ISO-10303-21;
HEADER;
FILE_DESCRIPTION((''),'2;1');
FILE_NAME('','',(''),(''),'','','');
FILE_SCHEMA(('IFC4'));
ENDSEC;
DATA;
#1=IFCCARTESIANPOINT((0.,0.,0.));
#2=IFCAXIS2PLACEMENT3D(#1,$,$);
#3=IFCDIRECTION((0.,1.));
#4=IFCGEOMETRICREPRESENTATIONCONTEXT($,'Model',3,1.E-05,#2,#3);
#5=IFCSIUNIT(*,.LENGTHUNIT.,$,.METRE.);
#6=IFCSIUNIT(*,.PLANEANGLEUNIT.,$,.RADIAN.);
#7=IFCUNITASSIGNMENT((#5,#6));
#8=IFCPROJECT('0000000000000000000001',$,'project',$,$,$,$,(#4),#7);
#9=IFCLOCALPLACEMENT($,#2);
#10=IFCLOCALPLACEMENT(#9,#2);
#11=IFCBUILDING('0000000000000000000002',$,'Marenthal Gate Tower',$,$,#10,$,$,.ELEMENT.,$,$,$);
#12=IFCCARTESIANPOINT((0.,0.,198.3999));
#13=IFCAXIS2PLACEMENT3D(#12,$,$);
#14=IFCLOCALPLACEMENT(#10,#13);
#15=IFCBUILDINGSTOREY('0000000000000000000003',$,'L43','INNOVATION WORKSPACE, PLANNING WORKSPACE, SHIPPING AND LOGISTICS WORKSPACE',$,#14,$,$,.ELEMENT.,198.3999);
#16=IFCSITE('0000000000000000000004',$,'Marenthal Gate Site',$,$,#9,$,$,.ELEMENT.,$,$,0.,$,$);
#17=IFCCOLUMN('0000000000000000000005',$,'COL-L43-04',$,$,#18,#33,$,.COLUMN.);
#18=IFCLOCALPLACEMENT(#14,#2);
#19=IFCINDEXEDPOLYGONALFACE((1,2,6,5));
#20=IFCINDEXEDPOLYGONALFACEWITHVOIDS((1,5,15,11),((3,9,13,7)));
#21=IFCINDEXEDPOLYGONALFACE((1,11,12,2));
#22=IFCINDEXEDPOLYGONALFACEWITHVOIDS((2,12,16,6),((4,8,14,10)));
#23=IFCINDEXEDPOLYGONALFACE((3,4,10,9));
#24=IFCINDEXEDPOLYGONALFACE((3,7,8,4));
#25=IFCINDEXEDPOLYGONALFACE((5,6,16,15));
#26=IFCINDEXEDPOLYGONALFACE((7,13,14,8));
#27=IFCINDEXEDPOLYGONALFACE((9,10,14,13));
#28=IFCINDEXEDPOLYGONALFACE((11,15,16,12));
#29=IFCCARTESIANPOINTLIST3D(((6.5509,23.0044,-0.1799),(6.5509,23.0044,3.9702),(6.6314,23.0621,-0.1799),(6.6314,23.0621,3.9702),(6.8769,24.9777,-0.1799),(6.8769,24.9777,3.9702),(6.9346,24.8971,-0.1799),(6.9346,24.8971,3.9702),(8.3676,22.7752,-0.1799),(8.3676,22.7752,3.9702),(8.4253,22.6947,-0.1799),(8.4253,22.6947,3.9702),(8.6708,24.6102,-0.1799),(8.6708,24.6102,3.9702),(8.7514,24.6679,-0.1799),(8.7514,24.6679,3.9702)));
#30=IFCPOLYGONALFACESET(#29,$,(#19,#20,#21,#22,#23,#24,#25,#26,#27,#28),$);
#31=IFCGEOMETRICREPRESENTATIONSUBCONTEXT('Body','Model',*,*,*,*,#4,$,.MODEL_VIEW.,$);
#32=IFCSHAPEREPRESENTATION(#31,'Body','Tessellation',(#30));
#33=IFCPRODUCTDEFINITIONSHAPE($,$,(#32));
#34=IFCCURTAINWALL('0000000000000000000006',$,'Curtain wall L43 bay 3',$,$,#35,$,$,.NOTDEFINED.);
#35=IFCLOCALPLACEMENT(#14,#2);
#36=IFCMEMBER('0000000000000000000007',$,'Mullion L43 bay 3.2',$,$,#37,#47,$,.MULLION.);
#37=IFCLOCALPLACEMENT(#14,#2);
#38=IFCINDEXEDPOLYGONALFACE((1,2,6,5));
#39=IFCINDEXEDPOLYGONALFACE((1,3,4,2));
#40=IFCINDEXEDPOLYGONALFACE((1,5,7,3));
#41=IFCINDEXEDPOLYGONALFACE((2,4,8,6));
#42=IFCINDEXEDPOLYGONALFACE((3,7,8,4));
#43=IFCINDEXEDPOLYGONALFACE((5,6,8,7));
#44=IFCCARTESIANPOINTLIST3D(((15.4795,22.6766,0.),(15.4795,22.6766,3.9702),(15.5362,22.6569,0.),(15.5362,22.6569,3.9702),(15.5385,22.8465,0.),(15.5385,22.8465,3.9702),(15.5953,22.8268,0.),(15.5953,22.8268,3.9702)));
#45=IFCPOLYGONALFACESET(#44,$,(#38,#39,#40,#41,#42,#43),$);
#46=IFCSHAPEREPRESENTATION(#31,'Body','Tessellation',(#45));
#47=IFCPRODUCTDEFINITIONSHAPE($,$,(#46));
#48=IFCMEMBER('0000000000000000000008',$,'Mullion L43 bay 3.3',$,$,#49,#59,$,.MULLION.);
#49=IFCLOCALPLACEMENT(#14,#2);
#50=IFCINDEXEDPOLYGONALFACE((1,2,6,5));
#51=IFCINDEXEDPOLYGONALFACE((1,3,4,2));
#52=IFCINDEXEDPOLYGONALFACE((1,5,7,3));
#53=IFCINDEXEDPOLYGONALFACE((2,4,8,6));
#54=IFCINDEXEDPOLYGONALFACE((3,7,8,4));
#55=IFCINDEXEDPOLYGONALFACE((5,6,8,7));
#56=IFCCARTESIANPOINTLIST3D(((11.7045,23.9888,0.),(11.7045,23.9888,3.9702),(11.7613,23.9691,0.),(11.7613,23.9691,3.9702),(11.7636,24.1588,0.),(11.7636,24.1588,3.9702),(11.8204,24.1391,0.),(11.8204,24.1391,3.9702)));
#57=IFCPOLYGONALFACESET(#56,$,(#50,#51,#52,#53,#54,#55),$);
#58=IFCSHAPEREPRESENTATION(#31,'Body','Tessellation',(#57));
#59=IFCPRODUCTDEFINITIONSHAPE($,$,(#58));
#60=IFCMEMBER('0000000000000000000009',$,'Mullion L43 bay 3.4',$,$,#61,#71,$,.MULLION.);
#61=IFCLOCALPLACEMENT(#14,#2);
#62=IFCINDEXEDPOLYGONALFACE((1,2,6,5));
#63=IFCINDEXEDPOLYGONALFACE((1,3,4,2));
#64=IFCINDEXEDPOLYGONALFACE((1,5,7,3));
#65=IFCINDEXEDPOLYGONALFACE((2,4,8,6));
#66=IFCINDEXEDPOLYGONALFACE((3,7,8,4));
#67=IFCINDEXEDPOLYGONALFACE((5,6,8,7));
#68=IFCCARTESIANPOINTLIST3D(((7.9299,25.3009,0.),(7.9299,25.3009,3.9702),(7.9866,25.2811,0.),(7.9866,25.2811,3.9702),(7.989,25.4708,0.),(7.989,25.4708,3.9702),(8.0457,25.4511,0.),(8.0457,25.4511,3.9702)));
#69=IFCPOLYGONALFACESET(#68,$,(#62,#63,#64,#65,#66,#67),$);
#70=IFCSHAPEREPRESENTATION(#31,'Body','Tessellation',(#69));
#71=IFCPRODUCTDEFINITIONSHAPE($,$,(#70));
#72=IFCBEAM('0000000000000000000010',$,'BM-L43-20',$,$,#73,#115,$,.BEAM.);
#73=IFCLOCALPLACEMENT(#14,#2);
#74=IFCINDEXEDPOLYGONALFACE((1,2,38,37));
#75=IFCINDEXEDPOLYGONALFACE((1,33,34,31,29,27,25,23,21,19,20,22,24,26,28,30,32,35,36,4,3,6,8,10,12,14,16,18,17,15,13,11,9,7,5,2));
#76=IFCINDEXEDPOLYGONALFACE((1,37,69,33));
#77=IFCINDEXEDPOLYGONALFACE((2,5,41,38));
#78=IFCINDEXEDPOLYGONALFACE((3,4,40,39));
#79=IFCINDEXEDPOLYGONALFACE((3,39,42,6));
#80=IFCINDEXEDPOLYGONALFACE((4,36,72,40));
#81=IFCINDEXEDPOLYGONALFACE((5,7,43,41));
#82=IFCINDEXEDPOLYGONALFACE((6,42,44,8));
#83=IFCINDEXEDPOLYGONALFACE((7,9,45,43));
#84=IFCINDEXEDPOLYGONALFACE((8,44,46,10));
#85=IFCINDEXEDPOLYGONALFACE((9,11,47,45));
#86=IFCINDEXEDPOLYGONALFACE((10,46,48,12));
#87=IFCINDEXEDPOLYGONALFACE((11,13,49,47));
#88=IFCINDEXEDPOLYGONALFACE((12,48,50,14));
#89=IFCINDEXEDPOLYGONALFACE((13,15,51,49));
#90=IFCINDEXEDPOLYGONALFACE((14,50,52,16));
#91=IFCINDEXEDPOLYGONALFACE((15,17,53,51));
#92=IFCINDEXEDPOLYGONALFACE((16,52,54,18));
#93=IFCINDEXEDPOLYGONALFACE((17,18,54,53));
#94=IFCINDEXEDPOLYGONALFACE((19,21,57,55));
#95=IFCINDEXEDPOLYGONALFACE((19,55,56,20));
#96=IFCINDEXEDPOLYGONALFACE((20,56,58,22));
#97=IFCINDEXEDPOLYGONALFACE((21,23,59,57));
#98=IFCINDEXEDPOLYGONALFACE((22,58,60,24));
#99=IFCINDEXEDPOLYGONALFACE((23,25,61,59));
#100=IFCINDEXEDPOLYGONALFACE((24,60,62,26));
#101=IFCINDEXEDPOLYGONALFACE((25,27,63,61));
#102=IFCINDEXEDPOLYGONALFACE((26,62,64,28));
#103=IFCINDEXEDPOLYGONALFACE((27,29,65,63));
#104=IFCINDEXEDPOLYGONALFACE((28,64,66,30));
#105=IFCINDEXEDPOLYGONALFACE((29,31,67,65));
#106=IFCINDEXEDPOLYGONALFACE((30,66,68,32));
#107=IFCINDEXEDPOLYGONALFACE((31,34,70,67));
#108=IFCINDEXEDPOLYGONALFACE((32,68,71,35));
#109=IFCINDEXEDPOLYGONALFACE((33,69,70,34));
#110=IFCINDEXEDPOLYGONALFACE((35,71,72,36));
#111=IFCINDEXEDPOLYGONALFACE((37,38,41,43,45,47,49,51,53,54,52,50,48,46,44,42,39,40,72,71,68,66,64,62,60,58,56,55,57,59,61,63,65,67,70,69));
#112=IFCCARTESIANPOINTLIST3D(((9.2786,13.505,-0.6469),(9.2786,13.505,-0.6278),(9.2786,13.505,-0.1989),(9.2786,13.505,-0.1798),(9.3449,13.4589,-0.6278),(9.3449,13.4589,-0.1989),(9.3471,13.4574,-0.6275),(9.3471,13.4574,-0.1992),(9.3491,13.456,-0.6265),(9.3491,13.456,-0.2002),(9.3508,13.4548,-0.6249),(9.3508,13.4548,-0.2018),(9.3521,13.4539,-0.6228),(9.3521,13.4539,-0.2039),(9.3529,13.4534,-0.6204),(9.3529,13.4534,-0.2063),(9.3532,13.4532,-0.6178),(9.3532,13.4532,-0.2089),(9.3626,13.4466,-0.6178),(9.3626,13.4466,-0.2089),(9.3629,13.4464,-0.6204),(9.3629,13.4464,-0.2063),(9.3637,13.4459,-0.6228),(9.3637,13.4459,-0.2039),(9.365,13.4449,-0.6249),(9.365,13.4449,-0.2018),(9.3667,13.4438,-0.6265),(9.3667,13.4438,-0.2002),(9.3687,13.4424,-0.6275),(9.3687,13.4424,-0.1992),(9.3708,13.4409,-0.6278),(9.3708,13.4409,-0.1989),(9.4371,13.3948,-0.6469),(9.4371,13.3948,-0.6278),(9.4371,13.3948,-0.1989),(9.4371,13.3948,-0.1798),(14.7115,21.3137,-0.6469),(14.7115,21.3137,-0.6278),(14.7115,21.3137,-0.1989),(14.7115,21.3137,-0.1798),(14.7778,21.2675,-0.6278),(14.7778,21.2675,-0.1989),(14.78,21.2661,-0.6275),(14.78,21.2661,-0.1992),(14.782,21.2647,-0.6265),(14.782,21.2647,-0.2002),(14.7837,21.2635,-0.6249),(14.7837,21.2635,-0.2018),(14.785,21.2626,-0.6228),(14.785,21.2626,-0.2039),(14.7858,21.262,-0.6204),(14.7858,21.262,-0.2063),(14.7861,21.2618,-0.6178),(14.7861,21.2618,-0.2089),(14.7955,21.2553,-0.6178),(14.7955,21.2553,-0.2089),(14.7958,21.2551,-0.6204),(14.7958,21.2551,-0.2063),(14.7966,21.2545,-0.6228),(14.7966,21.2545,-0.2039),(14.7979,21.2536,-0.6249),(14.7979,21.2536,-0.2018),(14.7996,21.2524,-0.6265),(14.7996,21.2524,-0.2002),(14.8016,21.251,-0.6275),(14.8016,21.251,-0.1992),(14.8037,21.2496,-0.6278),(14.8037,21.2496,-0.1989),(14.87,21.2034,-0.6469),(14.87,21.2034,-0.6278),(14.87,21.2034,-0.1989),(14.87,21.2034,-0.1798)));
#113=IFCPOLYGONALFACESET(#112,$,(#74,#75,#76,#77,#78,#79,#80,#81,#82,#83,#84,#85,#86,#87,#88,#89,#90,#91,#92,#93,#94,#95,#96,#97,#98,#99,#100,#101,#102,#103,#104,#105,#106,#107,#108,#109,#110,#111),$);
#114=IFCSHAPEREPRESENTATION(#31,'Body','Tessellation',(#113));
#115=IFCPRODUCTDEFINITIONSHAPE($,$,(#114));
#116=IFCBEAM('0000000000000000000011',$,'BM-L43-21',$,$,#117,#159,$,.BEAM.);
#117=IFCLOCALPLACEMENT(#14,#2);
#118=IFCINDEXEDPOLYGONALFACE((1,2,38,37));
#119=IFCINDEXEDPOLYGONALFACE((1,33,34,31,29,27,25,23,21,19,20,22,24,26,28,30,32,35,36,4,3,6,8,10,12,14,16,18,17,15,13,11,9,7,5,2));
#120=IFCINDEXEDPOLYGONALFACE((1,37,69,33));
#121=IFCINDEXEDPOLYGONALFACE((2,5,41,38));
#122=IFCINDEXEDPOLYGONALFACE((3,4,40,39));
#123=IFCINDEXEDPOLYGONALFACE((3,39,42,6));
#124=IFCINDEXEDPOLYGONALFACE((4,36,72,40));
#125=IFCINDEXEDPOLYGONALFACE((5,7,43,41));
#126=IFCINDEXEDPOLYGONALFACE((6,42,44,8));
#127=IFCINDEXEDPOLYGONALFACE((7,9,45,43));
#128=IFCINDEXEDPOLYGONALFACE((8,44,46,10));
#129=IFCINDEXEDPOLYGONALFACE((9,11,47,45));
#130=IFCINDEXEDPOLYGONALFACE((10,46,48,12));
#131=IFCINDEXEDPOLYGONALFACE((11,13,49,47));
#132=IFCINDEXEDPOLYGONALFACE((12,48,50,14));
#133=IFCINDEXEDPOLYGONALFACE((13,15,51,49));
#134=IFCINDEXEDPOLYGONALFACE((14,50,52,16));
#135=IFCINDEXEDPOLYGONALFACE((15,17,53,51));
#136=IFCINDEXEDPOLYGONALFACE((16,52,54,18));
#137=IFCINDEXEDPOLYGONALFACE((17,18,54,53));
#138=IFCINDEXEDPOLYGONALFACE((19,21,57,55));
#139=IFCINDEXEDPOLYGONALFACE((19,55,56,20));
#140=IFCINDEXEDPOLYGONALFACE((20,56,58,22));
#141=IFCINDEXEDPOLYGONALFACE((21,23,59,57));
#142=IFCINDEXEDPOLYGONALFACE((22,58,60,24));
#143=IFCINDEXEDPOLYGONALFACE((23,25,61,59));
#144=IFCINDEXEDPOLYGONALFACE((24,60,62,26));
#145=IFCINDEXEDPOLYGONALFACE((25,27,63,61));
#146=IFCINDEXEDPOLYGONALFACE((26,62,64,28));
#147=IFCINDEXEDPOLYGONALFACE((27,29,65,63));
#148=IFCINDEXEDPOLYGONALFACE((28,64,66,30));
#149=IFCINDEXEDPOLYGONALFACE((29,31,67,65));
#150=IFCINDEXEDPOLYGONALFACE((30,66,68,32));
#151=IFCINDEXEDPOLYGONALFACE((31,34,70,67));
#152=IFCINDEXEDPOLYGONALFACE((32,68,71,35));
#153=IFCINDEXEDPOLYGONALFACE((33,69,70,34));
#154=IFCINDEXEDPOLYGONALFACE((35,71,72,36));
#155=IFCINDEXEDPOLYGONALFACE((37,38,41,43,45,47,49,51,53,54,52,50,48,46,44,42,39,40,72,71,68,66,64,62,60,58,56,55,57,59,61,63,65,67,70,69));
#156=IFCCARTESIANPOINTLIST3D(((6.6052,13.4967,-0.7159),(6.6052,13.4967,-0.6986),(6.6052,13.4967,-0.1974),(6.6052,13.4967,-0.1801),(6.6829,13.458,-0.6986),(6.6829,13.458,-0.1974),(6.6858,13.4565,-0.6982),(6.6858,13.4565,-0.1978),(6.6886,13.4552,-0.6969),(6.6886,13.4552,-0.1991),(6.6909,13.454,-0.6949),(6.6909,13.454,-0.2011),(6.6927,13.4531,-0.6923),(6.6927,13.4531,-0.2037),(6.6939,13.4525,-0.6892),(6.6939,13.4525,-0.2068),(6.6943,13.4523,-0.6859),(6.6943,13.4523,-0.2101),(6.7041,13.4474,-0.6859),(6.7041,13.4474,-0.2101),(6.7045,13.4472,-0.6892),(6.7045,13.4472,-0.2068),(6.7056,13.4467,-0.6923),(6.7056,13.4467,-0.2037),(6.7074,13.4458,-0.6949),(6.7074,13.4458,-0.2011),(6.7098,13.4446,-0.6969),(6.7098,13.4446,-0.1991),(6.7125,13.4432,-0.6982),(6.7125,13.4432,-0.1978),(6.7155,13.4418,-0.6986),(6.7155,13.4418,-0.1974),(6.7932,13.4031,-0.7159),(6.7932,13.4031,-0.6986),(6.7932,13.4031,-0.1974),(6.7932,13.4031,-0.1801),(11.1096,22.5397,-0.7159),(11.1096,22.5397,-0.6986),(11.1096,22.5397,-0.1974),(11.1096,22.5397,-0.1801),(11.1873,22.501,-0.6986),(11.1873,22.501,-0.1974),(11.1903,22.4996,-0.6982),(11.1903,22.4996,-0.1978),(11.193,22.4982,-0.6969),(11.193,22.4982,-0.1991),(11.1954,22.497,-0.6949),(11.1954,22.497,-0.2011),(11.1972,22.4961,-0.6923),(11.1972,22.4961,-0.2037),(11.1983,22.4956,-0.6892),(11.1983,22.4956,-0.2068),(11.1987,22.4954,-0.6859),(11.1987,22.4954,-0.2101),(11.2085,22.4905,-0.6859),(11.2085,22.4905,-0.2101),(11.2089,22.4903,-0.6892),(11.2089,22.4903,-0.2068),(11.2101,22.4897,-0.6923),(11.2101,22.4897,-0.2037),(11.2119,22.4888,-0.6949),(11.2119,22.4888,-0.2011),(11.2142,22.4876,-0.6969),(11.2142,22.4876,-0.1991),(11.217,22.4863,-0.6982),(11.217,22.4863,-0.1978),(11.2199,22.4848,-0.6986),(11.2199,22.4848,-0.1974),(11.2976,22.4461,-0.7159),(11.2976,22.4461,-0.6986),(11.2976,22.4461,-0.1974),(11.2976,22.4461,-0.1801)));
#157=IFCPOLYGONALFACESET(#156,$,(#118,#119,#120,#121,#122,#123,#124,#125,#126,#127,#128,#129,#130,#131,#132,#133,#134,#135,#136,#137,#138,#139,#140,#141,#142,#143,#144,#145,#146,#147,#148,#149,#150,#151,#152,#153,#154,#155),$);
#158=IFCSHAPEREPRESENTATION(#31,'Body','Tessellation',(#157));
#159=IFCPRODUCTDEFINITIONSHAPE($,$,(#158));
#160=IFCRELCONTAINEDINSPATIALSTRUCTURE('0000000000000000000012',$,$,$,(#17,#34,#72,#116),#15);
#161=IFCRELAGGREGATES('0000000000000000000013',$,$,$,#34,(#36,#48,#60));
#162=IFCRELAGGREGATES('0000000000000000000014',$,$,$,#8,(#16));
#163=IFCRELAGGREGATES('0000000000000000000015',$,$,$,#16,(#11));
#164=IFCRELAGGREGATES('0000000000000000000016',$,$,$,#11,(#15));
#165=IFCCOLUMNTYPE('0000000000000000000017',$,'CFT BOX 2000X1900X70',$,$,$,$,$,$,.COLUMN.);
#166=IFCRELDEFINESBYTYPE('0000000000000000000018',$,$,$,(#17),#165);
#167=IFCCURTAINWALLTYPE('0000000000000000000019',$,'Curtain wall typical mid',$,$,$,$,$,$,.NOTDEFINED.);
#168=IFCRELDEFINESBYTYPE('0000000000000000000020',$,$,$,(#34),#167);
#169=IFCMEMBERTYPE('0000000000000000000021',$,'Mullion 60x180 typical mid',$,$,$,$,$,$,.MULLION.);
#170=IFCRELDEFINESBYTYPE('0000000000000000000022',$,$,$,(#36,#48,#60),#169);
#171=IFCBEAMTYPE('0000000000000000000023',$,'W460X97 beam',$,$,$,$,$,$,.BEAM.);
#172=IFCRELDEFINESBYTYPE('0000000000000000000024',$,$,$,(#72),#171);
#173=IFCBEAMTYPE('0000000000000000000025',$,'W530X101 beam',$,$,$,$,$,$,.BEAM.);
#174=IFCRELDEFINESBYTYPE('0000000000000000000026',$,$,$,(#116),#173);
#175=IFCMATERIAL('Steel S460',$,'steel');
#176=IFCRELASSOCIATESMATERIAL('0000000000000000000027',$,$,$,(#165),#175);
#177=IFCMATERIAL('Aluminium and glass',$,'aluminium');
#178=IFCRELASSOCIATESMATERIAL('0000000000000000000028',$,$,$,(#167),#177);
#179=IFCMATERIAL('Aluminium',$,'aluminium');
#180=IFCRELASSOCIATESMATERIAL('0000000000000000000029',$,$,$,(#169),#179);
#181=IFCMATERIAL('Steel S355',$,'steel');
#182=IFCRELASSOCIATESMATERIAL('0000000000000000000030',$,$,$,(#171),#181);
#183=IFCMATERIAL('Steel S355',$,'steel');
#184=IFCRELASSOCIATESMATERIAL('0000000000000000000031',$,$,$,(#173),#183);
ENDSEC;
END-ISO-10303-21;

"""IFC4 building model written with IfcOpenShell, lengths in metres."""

from ifc_helpers import new_model, si_unit, direction, frame, origin, origin_2d, place, context, subcontext, project, spatial, rectangle, hollow_rectangle, i_section, extrude, material, material_profile, profile_set, type_object, element, aggregate, save


model = new_model("IFC4")

# Units and contexts
model_context = context("Model", 3, precision=1e-05, world=origin(), true_north=direction((0.0, 1.0)))
body_context = subcontext(model_context, "Body", "Model", "MODEL_VIEW")
ifc_project = project(units=[si_unit("LENGTHUNIT", "METRE"), si_unit("PLANEANGLEUNIT", "RADIAN")], contexts=[model_context])

# Site, building, storey
site_placement = place(None, origin())
site = spatial("IfcSite", under=ifc_project, at=site_placement, Name="Marenthal Gate Site", CompositionType="ELEMENT", RefElevation=0.0)
building_placement = place(site_placement, origin())
building = spatial("IfcBuilding", under=site, at=building_placement, Name="Marenthal Gate Tower", CompositionType="ELEMENT")
storey_placement = place(building_placement, frame((0.0, 0.0, 198.3999)))
storey = spatial("IfcBuildingStorey", under=building, at=storey_placement, Name="L43", Description="INNOVATION WORKSPACE, PLANNING WORKSPACE, SHIPPING AND LOGISTICS WORKSPACE", CompositionType="ELEMENT", Elevation=198.3999)

# Column
ifc_material_1 = material(Name="Steel S460", Category="steel")
ifc_material_profile_1 = material_profile(ifc_material_1, hollow_rectangle(XDim=1.8999, YDim=2.0, WallThickness=0.0701, at=origin_2d()), Name="CFT BOX 2000X1900X70")
ifc_material_2 = material(Name="Concrete 70 MPa", Category="concrete")
ifc_material_profile_2 = material_profile(ifc_material_2, rectangle(XDim=1.76, YDim=1.8601, at=origin_2d()), Name="CFT BOX 2000X1900X70 INFILL")
ifc_profile_set_1 = profile_set([ifc_material_profile_1, ifc_material_profile_2], Name="Steel S460 shell, Concrete 70 MPa infill")
column_type = type_object("IfcColumnType", Name="CFT BOX 2000X1900X70", PredefinedType="COLUMN", material=ifc_profile_set_1)
column_placement = place(storey_placement, frame((7.6511, 23.8362, -0.1799), z_axis=(0.0, 0.0, 1.0), x_axis=(0.986621, -0.16303, 0.0)))
element("IfcColumn", 1, at=column_placement, inside=storey, type_object=column_type, Name="COL-L43-04", PredefinedType="COLUMN", context=body_context, shape_type="SweptSolid", body=[
    extrude(hollow_rectangle(XDim=1.8999, YDim=2.0, WallThickness=0.0701, at=origin_2d()), origin(), (0.0, 0.0, 1.0), 4.1501),
])

# Curtain wall, members
ifc_material_3 = material(Name="Aluminium and glass", Category="aluminium")
curtain_wall_type = type_object("IfcCurtainWallType", Name="Curtain wall typical mid", PredefinedType="NOTDEFINED", material=ifc_material_3)
curtain_wall_placement = place(storey_placement, origin())
curtain_wall = element("IfcCurtainWall", 2, at=curtain_wall_placement, inside=storey, type_object=curtain_wall_type, Name="Curtain wall L43 bay 3", PredefinedType="NOTDEFINED")
ifc_material_4 = material(Name="Aluminium", Category="aluminium")
ifc_material_profile_3 = material_profile(ifc_material_4, rectangle(XDim=0.1799, YDim=0.0601, at=origin_2d()), Name="60x180 aluminium mullion")
ifc_profile_set_2 = profile_set([ifc_material_profile_3], Name="Aluminium")
member_type = type_object("IfcMemberType", Name="Mullion 60x180 typical mid", PredefinedType="MULLION", material=ifc_profile_set_2)
member_1_placement = place(storey_placement, frame((15.5374, 22.7517, 0.0), z_axis=(0.0, 0.0, 1.0), x_axis=(-0.328332, -0.944562, 0.0)))
member_1 = element("IfcMember", 3, at=member_1_placement, type_object=member_type, Name="Mullion L43 bay 3.2", PredefinedType="MULLION", context=body_context, shape_type="SweptSolid", body=[
    extrude(rectangle(XDim=0.1799, YDim=0.0601, at=origin_2d()), origin(), (0.0, 0.0, 1.0), 3.9702),
])
member_2_placement = place(storey_placement, frame((11.7625, 24.064, 0.0), z_axis=(0.0, 0.0, 1.0), x_axis=(-0.328332, -0.944562, 0.0)))
member_2 = element("IfcMember", 4, at=member_2_placement, type_object=member_type, Name="Mullion L43 bay 3.3", PredefinedType="MULLION", context=body_context, shape_type="SweptSolid", body=[
    extrude(rectangle(XDim=0.1799, YDim=0.0601, at=origin_2d()), origin(), (0.0, 0.0, 1.0), 3.9702),
])
member_3_placement = place(storey_placement, frame((7.9878, 25.376, 0.0), z_axis=(0.0, 0.0, 1.0), x_axis=(-0.328332, -0.944562, 0.0)))
member_3 = element("IfcMember", 5, at=member_3_placement, type_object=member_type, Name="Mullion L43 bay 3.4", PredefinedType="MULLION", context=body_context, shape_type="SweptSolid", body=[
    extrude(rectangle(XDim=0.1799, YDim=0.0601, at=origin_2d()), origin(), (0.0, 0.0, 1.0), 3.9702),
])

# Beams
ifc_material_5 = material(Name="Steel S355", Category="steel")
ifc_material_profile_4 = material_profile(ifc_material_5, i_section(OverallWidth=0.1931, OverallDepth=0.467, WebThickness=0.0115, FlangeThickness=0.019, FilletRadius=0.01, at=origin_2d()), Name="W460X97")
ifc_profile_set_3 = profile_set([ifc_material_profile_4], Name="Steel S355")
beam_type_1 = type_object("IfcBeamType", Name="W460X97 beam", PredefinedType="BEAM", material=ifc_profile_set_3)
beam_1_placement = place(storey_placement, frame((14.7908, 21.2585, -0.4133), z_axis=(-0.571121, -0.820866, 0.0), x_axis=(0.820866, -0.571121, 0.0)))
element("IfcBeam", 6, at=beam_1_placement, inside=storey, type_object=beam_type_1, Name="BM-L43-20", PredefinedType="BEAM", context=body_context, shape_type="SweptSolid", body=[
    extrude(i_section(OverallWidth=0.1931, OverallDepth=0.467, WebThickness=0.0115, FlangeThickness=0.019, FilletRadius=0.01, at=origin_2d()), origin(), (0.0, 0.0, 1.0), 9.5127),
])
ifc_material_6 = material(Name="Steel S355", Category="steel")
ifc_material_profile_5 = material_profile(ifc_material_6, i_section(OverallWidth=0.21, OverallDepth=0.5359, WebThickness=0.011, FlangeThickness=0.0173, FilletRadius=0.0127, at=origin_2d()), Name="W530X101")
ifc_profile_set_4 = profile_set([ifc_material_profile_5], Name="Steel S355")
beam_type_2 = type_object("IfcBeamType", Name="W530X101 beam", PredefinedType="BEAM", material=ifc_profile_set_4)
beam_2_placement = place(storey_placement, frame((11.2036, 22.4929, -0.448), z_axis=(-0.44586, -0.895103, 0.0), x_axis=(0.895103, -0.44586, 0.0)))
element("IfcBeam", 7, at=beam_2_placement, inside=storey, type_object=beam_type_2, Name="BM-L43-21", PredefinedType="BEAM", context=body_context, shape_type="SweptSolid", body=[
    extrude(i_section(OverallWidth=0.21, OverallDepth=0.5359, WebThickness=0.011, FlangeThickness=0.0173, FilletRadius=0.0127, at=origin_2d()), origin(), (0.0, 0.0, 1.0), 10.1028),
])

aggregate(curtain_wall, [member_1, member_2, member_3])

save(model, "model.ifc")
